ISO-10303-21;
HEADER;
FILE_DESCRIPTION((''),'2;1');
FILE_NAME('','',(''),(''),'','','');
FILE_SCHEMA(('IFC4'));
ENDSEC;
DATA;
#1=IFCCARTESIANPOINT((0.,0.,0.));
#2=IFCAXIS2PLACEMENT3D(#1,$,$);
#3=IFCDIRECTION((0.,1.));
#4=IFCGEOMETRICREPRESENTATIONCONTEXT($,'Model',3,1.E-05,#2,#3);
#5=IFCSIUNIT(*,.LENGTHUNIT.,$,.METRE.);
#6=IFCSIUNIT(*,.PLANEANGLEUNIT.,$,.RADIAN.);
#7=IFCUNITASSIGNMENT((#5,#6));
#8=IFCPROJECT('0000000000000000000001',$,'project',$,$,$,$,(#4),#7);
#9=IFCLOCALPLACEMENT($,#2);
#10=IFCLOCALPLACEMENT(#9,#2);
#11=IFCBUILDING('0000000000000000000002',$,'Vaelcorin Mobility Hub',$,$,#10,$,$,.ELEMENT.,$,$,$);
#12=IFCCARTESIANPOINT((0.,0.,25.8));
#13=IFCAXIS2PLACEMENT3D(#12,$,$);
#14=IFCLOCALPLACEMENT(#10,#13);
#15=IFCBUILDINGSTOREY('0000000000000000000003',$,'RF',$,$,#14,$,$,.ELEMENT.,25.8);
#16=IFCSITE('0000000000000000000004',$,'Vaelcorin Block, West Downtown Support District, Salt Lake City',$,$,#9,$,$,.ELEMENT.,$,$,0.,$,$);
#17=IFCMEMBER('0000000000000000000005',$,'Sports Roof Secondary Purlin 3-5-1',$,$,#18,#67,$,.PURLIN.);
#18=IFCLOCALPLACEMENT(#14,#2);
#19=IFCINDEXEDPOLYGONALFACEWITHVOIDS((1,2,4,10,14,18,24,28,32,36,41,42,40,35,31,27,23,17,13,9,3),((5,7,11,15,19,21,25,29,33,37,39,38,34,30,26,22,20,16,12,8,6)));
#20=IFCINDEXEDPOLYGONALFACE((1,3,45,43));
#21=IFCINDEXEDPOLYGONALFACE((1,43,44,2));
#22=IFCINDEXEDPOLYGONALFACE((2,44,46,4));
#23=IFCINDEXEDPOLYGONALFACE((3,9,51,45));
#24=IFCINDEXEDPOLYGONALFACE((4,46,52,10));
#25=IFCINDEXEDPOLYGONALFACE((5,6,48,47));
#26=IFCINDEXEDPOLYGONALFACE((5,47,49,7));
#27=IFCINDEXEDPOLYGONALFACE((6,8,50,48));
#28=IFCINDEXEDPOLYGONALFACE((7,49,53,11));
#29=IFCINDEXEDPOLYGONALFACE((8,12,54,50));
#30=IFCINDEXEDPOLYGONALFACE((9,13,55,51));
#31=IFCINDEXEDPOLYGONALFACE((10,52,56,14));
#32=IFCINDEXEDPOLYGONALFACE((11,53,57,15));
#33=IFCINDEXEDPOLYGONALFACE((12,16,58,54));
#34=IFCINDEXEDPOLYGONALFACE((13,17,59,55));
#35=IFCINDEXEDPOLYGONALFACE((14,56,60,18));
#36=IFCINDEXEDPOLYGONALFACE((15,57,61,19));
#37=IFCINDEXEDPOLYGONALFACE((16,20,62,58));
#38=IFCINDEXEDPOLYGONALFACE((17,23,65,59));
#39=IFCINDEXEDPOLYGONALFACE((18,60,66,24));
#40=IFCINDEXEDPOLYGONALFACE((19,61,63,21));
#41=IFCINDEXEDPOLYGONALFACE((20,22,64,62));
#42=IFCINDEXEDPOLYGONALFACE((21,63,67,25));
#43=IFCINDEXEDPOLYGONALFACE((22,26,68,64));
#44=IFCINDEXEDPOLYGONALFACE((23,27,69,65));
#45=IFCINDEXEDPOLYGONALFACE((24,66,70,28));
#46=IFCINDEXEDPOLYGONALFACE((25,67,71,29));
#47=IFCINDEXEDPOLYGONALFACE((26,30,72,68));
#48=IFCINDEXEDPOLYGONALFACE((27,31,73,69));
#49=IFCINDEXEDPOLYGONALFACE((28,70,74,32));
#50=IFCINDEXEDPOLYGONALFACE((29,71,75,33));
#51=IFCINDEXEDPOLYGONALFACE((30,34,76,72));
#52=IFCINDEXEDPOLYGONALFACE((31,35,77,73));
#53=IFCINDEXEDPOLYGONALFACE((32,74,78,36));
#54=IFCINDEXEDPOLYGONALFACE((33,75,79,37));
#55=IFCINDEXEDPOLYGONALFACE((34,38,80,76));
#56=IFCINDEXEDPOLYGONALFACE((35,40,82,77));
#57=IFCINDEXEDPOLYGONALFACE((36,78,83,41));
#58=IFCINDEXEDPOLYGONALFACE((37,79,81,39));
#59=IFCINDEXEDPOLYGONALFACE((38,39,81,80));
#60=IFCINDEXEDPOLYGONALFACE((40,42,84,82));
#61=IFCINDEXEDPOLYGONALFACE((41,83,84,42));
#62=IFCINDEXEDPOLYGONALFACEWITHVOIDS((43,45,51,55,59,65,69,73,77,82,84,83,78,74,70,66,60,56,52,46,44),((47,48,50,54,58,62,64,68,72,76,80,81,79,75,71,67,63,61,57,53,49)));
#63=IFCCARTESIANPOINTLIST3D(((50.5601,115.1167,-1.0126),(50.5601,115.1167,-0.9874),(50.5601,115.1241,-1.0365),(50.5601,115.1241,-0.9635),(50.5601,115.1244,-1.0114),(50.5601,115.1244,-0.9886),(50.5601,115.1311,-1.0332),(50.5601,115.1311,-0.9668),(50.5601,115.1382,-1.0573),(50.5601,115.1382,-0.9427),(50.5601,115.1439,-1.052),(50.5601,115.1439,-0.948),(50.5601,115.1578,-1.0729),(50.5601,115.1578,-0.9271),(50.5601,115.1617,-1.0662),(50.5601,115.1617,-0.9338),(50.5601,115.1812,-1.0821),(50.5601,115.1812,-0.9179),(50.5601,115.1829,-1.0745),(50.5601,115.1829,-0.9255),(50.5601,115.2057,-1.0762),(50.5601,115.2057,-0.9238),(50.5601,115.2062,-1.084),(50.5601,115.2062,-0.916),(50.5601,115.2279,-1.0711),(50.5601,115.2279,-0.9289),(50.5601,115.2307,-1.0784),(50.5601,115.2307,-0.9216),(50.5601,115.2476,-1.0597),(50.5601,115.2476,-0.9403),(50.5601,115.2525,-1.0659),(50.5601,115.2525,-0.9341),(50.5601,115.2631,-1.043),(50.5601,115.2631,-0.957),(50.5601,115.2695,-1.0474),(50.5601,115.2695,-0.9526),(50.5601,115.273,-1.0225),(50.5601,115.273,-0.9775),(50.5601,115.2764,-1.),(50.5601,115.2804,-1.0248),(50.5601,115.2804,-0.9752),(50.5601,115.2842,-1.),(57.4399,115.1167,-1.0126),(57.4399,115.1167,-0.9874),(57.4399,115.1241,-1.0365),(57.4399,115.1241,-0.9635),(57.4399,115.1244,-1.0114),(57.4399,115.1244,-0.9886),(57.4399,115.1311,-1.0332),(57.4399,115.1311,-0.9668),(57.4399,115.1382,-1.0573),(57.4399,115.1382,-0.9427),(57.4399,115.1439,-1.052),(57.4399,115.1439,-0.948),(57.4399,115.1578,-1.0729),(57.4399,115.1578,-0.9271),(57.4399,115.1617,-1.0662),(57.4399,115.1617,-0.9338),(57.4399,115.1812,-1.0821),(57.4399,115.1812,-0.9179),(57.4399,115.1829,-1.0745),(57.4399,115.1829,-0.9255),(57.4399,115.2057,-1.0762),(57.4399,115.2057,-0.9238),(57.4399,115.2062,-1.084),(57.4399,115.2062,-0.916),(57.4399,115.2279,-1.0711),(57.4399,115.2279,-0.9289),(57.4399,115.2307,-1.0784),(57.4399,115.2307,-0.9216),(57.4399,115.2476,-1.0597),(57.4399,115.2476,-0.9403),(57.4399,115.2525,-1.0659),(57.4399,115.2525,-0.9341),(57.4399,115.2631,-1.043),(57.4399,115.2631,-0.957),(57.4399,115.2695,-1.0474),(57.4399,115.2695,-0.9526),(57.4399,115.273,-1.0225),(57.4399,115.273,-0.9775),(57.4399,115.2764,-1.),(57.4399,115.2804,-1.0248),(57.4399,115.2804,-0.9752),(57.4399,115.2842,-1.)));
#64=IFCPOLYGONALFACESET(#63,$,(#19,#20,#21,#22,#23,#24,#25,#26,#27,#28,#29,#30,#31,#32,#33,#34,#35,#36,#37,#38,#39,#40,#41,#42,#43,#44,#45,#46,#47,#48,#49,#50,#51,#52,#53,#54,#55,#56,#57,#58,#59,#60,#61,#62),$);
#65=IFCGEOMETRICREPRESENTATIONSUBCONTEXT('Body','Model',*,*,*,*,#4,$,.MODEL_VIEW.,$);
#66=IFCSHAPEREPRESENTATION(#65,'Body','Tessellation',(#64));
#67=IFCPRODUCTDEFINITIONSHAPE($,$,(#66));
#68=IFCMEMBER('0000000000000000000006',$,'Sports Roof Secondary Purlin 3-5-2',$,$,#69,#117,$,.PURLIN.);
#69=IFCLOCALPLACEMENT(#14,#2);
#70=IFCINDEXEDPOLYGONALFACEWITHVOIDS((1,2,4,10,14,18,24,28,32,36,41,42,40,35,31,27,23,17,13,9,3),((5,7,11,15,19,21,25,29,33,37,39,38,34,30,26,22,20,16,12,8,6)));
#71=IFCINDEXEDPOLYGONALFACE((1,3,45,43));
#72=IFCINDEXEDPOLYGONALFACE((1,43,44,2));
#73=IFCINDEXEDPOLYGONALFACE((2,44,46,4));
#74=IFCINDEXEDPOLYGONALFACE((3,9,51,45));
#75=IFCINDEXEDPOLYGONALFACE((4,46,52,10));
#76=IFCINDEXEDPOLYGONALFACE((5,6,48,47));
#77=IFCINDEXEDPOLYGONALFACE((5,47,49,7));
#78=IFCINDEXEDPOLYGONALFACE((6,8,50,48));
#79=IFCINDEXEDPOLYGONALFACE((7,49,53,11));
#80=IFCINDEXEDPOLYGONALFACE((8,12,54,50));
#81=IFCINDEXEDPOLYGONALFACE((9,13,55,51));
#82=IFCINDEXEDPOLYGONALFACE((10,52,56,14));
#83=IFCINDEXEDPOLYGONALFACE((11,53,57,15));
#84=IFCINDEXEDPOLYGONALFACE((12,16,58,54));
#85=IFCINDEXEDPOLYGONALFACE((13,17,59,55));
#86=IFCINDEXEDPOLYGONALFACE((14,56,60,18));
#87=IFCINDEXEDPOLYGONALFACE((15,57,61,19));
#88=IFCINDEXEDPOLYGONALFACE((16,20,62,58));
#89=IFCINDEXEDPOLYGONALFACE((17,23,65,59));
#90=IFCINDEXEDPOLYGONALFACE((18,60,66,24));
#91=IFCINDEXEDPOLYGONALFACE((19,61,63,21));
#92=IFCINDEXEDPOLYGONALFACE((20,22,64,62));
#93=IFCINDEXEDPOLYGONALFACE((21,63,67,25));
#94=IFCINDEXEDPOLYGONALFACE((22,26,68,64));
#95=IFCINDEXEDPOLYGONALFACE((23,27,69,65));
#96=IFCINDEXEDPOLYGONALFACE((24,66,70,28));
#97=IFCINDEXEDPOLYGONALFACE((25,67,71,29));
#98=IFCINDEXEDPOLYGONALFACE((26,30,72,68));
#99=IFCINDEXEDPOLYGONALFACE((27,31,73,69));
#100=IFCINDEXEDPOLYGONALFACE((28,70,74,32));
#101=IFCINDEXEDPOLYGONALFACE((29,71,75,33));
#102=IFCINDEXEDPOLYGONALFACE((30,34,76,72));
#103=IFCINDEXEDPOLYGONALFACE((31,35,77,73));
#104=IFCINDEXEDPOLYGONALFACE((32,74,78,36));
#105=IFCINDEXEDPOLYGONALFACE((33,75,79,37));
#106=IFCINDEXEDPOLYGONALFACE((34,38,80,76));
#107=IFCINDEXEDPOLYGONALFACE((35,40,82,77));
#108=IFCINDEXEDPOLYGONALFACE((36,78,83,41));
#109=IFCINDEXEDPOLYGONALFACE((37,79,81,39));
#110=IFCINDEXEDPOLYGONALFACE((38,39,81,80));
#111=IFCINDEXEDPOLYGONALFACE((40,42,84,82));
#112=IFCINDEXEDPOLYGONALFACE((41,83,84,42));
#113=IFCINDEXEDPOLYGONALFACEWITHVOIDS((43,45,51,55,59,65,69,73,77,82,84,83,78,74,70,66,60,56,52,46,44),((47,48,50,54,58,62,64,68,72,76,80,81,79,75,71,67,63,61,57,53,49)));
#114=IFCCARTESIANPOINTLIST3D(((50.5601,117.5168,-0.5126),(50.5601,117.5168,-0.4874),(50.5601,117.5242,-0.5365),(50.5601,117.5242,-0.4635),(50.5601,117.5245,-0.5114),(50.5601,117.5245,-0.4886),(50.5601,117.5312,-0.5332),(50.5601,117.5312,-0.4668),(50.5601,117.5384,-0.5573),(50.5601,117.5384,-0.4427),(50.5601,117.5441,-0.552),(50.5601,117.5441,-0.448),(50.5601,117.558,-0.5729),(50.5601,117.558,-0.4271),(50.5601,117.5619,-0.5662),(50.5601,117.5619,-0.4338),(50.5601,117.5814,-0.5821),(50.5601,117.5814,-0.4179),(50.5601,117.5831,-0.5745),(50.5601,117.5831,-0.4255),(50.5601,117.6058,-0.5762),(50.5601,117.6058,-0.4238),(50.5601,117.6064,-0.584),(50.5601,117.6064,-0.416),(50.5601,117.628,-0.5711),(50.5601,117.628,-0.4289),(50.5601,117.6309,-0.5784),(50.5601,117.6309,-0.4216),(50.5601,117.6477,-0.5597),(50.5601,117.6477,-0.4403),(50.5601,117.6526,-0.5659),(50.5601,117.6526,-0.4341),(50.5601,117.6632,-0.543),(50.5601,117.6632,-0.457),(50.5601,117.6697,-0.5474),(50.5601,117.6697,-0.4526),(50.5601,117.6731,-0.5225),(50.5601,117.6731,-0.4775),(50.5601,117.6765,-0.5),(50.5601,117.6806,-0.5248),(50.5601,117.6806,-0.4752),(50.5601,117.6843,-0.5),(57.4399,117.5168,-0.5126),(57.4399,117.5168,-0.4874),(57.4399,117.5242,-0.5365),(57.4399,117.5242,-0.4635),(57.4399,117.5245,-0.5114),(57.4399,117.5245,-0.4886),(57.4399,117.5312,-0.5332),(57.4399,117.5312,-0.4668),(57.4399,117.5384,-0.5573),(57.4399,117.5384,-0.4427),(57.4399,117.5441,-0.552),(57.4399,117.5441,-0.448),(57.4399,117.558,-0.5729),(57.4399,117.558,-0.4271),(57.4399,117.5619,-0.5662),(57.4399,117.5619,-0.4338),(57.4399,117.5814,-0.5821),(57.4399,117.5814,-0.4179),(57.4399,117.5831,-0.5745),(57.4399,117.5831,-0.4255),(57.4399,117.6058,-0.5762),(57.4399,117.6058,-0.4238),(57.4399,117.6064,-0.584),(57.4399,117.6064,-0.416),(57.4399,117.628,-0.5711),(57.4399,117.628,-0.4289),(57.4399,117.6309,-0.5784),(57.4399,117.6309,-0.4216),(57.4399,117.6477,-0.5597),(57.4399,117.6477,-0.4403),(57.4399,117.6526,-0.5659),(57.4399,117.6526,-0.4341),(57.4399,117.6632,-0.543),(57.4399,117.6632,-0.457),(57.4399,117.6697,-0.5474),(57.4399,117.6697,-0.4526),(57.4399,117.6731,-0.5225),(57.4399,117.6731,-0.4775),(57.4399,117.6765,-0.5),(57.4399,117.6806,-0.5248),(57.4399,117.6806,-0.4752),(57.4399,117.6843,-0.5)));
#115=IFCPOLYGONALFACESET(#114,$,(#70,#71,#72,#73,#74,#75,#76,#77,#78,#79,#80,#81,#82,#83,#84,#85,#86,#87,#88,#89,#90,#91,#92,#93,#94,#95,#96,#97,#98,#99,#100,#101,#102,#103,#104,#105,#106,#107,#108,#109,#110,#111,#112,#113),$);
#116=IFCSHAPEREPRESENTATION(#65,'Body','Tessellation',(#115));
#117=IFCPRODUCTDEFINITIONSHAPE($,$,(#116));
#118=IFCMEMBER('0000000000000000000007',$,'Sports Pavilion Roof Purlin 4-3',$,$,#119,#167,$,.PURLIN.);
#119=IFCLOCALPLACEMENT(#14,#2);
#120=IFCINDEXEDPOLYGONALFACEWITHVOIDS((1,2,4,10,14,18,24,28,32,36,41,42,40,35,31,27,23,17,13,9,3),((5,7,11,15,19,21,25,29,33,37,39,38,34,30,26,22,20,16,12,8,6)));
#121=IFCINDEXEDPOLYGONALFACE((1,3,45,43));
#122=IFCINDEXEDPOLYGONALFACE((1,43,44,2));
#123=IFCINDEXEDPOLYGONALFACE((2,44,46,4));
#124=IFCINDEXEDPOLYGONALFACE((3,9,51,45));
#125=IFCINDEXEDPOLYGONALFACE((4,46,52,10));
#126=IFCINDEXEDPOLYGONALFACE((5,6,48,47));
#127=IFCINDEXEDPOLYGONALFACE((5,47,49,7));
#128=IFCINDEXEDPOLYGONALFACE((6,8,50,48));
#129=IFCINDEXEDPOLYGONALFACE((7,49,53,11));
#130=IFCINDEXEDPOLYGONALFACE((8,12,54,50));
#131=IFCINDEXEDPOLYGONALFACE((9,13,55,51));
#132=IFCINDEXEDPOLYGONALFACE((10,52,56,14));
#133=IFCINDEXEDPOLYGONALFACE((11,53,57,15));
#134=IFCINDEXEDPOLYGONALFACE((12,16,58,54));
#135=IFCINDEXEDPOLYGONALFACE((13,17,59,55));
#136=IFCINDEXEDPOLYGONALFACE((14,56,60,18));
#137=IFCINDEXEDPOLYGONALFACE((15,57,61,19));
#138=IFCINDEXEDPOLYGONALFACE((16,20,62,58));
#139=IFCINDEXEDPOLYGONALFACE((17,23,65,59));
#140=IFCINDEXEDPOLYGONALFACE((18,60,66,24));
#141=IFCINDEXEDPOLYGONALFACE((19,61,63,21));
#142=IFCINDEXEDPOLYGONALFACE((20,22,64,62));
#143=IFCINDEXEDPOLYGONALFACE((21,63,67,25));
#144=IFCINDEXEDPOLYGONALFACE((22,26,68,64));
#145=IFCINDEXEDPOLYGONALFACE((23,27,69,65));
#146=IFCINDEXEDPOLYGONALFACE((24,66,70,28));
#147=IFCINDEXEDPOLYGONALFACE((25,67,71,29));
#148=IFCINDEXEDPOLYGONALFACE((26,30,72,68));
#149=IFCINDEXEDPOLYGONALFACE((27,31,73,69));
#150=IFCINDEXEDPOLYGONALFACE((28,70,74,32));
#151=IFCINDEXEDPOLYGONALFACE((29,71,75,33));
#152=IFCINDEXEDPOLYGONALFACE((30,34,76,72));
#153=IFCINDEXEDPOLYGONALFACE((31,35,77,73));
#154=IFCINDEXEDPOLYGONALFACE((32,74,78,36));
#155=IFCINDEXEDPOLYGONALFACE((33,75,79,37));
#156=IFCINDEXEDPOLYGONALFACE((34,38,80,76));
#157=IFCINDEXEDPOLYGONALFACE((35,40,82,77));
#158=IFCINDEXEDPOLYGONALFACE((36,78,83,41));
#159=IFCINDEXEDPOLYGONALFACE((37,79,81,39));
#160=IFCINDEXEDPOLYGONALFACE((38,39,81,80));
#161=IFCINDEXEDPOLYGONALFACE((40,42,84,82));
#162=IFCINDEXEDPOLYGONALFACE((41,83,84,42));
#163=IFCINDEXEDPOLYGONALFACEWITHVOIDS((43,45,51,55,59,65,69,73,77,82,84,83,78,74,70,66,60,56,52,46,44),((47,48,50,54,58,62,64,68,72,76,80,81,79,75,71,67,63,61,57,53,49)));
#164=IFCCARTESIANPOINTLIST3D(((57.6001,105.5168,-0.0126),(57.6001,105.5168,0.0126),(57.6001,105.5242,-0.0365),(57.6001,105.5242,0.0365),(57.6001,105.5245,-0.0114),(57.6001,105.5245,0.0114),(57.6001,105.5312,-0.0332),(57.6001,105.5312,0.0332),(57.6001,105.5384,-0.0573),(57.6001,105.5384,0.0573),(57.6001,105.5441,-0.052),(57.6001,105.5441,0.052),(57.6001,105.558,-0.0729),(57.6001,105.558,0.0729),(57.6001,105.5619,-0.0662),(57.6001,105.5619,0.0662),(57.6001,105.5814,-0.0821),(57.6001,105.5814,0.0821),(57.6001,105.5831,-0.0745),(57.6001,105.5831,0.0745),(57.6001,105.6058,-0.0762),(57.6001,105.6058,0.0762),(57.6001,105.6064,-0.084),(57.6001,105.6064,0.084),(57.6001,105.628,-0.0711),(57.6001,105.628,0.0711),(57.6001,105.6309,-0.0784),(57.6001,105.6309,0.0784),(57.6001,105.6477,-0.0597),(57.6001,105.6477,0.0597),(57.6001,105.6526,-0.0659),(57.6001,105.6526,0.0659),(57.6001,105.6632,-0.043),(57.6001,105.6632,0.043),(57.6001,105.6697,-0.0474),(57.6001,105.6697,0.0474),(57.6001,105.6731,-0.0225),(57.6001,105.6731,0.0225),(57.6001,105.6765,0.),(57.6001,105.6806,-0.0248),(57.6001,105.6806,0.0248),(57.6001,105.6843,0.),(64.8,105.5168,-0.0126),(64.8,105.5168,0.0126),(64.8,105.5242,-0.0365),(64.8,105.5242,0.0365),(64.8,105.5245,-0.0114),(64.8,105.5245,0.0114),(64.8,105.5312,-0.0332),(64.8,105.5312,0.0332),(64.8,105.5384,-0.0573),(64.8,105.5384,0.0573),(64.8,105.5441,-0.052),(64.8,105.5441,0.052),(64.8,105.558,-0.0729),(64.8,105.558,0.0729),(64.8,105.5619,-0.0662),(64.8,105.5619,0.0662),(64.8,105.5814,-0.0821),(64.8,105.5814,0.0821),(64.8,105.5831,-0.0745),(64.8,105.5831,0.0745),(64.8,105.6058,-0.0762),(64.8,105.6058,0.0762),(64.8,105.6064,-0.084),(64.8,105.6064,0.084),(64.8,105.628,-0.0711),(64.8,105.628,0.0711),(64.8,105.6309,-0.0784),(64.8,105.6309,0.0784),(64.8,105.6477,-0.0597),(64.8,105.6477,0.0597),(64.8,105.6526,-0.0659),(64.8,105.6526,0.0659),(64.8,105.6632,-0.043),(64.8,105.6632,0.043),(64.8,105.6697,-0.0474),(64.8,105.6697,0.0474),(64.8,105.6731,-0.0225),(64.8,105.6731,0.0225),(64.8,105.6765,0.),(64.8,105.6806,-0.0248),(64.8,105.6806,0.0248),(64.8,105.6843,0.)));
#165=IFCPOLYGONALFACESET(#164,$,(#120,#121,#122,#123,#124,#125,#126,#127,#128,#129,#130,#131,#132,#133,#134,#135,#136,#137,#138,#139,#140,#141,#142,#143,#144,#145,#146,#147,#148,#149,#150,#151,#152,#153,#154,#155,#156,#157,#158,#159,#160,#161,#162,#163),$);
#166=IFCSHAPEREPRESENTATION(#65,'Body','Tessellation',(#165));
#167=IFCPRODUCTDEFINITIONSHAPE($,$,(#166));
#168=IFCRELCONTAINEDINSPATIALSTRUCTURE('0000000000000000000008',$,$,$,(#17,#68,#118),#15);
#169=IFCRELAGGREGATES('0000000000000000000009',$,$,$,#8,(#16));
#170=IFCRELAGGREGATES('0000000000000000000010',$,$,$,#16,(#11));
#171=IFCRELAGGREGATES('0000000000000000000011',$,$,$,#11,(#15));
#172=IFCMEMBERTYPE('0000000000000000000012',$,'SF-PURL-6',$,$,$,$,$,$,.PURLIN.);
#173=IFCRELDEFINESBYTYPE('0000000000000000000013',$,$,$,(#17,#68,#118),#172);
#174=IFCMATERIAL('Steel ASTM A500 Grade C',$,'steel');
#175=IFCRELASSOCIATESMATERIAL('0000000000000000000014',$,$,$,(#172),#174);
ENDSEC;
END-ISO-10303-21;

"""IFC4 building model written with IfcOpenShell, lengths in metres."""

from ifc_helpers import new_model, si_unit, direction, frame, origin, origin_2d, place, context, subcontext, project, spatial, hollow_circle, extrude, material, material_profile, profile_set, type_object, element, save


model = new_model("IFC4")

# Units and contexts
model_context = context("Model", 3, precision=1e-05, world=origin(), true_north=direction((0.0, 1.0)))
body_context = subcontext(model_context, "Body", "Model", "MODEL_VIEW")
ifc_project = project(units=[si_unit("LENGTHUNIT", "METRE"), si_unit("PLANEANGLEUNIT", "RADIAN")], contexts=[model_context])

# Site, building, storey
site_placement = place(None, origin())
site = spatial("IfcSite", under=ifc_project, at=site_placement, Name="Vaelcorin Block, West Downtown Support District, Salt Lake City", CompositionType="ELEMENT", RefElevation=0.0)
building_placement = place(site_placement, origin())
building = spatial("IfcBuilding", under=site, at=building_placement, Name="Vaelcorin Mobility Hub", CompositionType="ELEMENT")
storey_placement = place(building_placement, frame((0.0, 0.0, 25.8)))
storey = spatial("IfcBuildingStorey", under=building, at=storey_placement, Name="RF", CompositionType="ELEMENT", Elevation=25.8)

# Members
ifc_material_1 = material(Name="Steel ASTM A500 Grade C", Category="steel")
ifc_material_profile_1 = material_profile(ifc_material_1, hollow_circle(Radius=0.0842, WallThickness=0.0078, at=origin_2d()), Name="HSS6.625X0.312")
ifc_profile_set_1 = profile_set([ifc_material_profile_1], Name="Steel ASTM A500 Grade C")
member_type_1 = type_object("IfcMemberType", Name="SF-PURL-6", PredefinedType="PURLIN", material=ifc_profile_set_1)
for number, where, z_axis, x_axis, name in (
    (1, (50.5601, 115.2, -1.0), (1.0, 0.0, 0.0), (0.0, 1.0, 0.0), "Sports Roof Secondary Purlin 3-5-1"),
    (2, (50.5601, 117.6001, -0.5), (1.0, 0.0, 0.0), (0.0, 1.0, 0.0), "Sports Roof Secondary Purlin 3-5-2"),
):
    element("IfcMember", number, at=place(storey_placement, frame(where, z_axis=z_axis, x_axis=x_axis)), inside=storey, type_object=member_type_1, Name=name, PredefinedType="PURLIN", context=body_context, shape_type="SweptSolid", body=[
        extrude(hollow_circle(Radius=0.0842, WallThickness=0.0078, at=origin_2d()), origin(), (0.0, 0.0, 1.0), 6.8799),
    ])
for number, where, z_axis, x_axis, name in (
    (3, (57.6001, 105.6001, 0.0), (1.0, 0.0, 0.0), (0.0, 1.0, 0.0), "Sports Pavilion Roof Purlin 4-3"),
):
    element("IfcMember", number, at=place(storey_placement, frame(where, z_axis=z_axis, x_axis=x_axis)), inside=storey, type_object=member_type_1, Name=name, PredefinedType="PURLIN", context=body_context, shape_type="SweptSolid", body=[
        extrude(hollow_circle(Radius=0.0842, WallThickness=0.0078, at=origin_2d()), origin(), (0.0, 0.0, 1.0), 7.2),
    ])

save(model, "model.ifc")
